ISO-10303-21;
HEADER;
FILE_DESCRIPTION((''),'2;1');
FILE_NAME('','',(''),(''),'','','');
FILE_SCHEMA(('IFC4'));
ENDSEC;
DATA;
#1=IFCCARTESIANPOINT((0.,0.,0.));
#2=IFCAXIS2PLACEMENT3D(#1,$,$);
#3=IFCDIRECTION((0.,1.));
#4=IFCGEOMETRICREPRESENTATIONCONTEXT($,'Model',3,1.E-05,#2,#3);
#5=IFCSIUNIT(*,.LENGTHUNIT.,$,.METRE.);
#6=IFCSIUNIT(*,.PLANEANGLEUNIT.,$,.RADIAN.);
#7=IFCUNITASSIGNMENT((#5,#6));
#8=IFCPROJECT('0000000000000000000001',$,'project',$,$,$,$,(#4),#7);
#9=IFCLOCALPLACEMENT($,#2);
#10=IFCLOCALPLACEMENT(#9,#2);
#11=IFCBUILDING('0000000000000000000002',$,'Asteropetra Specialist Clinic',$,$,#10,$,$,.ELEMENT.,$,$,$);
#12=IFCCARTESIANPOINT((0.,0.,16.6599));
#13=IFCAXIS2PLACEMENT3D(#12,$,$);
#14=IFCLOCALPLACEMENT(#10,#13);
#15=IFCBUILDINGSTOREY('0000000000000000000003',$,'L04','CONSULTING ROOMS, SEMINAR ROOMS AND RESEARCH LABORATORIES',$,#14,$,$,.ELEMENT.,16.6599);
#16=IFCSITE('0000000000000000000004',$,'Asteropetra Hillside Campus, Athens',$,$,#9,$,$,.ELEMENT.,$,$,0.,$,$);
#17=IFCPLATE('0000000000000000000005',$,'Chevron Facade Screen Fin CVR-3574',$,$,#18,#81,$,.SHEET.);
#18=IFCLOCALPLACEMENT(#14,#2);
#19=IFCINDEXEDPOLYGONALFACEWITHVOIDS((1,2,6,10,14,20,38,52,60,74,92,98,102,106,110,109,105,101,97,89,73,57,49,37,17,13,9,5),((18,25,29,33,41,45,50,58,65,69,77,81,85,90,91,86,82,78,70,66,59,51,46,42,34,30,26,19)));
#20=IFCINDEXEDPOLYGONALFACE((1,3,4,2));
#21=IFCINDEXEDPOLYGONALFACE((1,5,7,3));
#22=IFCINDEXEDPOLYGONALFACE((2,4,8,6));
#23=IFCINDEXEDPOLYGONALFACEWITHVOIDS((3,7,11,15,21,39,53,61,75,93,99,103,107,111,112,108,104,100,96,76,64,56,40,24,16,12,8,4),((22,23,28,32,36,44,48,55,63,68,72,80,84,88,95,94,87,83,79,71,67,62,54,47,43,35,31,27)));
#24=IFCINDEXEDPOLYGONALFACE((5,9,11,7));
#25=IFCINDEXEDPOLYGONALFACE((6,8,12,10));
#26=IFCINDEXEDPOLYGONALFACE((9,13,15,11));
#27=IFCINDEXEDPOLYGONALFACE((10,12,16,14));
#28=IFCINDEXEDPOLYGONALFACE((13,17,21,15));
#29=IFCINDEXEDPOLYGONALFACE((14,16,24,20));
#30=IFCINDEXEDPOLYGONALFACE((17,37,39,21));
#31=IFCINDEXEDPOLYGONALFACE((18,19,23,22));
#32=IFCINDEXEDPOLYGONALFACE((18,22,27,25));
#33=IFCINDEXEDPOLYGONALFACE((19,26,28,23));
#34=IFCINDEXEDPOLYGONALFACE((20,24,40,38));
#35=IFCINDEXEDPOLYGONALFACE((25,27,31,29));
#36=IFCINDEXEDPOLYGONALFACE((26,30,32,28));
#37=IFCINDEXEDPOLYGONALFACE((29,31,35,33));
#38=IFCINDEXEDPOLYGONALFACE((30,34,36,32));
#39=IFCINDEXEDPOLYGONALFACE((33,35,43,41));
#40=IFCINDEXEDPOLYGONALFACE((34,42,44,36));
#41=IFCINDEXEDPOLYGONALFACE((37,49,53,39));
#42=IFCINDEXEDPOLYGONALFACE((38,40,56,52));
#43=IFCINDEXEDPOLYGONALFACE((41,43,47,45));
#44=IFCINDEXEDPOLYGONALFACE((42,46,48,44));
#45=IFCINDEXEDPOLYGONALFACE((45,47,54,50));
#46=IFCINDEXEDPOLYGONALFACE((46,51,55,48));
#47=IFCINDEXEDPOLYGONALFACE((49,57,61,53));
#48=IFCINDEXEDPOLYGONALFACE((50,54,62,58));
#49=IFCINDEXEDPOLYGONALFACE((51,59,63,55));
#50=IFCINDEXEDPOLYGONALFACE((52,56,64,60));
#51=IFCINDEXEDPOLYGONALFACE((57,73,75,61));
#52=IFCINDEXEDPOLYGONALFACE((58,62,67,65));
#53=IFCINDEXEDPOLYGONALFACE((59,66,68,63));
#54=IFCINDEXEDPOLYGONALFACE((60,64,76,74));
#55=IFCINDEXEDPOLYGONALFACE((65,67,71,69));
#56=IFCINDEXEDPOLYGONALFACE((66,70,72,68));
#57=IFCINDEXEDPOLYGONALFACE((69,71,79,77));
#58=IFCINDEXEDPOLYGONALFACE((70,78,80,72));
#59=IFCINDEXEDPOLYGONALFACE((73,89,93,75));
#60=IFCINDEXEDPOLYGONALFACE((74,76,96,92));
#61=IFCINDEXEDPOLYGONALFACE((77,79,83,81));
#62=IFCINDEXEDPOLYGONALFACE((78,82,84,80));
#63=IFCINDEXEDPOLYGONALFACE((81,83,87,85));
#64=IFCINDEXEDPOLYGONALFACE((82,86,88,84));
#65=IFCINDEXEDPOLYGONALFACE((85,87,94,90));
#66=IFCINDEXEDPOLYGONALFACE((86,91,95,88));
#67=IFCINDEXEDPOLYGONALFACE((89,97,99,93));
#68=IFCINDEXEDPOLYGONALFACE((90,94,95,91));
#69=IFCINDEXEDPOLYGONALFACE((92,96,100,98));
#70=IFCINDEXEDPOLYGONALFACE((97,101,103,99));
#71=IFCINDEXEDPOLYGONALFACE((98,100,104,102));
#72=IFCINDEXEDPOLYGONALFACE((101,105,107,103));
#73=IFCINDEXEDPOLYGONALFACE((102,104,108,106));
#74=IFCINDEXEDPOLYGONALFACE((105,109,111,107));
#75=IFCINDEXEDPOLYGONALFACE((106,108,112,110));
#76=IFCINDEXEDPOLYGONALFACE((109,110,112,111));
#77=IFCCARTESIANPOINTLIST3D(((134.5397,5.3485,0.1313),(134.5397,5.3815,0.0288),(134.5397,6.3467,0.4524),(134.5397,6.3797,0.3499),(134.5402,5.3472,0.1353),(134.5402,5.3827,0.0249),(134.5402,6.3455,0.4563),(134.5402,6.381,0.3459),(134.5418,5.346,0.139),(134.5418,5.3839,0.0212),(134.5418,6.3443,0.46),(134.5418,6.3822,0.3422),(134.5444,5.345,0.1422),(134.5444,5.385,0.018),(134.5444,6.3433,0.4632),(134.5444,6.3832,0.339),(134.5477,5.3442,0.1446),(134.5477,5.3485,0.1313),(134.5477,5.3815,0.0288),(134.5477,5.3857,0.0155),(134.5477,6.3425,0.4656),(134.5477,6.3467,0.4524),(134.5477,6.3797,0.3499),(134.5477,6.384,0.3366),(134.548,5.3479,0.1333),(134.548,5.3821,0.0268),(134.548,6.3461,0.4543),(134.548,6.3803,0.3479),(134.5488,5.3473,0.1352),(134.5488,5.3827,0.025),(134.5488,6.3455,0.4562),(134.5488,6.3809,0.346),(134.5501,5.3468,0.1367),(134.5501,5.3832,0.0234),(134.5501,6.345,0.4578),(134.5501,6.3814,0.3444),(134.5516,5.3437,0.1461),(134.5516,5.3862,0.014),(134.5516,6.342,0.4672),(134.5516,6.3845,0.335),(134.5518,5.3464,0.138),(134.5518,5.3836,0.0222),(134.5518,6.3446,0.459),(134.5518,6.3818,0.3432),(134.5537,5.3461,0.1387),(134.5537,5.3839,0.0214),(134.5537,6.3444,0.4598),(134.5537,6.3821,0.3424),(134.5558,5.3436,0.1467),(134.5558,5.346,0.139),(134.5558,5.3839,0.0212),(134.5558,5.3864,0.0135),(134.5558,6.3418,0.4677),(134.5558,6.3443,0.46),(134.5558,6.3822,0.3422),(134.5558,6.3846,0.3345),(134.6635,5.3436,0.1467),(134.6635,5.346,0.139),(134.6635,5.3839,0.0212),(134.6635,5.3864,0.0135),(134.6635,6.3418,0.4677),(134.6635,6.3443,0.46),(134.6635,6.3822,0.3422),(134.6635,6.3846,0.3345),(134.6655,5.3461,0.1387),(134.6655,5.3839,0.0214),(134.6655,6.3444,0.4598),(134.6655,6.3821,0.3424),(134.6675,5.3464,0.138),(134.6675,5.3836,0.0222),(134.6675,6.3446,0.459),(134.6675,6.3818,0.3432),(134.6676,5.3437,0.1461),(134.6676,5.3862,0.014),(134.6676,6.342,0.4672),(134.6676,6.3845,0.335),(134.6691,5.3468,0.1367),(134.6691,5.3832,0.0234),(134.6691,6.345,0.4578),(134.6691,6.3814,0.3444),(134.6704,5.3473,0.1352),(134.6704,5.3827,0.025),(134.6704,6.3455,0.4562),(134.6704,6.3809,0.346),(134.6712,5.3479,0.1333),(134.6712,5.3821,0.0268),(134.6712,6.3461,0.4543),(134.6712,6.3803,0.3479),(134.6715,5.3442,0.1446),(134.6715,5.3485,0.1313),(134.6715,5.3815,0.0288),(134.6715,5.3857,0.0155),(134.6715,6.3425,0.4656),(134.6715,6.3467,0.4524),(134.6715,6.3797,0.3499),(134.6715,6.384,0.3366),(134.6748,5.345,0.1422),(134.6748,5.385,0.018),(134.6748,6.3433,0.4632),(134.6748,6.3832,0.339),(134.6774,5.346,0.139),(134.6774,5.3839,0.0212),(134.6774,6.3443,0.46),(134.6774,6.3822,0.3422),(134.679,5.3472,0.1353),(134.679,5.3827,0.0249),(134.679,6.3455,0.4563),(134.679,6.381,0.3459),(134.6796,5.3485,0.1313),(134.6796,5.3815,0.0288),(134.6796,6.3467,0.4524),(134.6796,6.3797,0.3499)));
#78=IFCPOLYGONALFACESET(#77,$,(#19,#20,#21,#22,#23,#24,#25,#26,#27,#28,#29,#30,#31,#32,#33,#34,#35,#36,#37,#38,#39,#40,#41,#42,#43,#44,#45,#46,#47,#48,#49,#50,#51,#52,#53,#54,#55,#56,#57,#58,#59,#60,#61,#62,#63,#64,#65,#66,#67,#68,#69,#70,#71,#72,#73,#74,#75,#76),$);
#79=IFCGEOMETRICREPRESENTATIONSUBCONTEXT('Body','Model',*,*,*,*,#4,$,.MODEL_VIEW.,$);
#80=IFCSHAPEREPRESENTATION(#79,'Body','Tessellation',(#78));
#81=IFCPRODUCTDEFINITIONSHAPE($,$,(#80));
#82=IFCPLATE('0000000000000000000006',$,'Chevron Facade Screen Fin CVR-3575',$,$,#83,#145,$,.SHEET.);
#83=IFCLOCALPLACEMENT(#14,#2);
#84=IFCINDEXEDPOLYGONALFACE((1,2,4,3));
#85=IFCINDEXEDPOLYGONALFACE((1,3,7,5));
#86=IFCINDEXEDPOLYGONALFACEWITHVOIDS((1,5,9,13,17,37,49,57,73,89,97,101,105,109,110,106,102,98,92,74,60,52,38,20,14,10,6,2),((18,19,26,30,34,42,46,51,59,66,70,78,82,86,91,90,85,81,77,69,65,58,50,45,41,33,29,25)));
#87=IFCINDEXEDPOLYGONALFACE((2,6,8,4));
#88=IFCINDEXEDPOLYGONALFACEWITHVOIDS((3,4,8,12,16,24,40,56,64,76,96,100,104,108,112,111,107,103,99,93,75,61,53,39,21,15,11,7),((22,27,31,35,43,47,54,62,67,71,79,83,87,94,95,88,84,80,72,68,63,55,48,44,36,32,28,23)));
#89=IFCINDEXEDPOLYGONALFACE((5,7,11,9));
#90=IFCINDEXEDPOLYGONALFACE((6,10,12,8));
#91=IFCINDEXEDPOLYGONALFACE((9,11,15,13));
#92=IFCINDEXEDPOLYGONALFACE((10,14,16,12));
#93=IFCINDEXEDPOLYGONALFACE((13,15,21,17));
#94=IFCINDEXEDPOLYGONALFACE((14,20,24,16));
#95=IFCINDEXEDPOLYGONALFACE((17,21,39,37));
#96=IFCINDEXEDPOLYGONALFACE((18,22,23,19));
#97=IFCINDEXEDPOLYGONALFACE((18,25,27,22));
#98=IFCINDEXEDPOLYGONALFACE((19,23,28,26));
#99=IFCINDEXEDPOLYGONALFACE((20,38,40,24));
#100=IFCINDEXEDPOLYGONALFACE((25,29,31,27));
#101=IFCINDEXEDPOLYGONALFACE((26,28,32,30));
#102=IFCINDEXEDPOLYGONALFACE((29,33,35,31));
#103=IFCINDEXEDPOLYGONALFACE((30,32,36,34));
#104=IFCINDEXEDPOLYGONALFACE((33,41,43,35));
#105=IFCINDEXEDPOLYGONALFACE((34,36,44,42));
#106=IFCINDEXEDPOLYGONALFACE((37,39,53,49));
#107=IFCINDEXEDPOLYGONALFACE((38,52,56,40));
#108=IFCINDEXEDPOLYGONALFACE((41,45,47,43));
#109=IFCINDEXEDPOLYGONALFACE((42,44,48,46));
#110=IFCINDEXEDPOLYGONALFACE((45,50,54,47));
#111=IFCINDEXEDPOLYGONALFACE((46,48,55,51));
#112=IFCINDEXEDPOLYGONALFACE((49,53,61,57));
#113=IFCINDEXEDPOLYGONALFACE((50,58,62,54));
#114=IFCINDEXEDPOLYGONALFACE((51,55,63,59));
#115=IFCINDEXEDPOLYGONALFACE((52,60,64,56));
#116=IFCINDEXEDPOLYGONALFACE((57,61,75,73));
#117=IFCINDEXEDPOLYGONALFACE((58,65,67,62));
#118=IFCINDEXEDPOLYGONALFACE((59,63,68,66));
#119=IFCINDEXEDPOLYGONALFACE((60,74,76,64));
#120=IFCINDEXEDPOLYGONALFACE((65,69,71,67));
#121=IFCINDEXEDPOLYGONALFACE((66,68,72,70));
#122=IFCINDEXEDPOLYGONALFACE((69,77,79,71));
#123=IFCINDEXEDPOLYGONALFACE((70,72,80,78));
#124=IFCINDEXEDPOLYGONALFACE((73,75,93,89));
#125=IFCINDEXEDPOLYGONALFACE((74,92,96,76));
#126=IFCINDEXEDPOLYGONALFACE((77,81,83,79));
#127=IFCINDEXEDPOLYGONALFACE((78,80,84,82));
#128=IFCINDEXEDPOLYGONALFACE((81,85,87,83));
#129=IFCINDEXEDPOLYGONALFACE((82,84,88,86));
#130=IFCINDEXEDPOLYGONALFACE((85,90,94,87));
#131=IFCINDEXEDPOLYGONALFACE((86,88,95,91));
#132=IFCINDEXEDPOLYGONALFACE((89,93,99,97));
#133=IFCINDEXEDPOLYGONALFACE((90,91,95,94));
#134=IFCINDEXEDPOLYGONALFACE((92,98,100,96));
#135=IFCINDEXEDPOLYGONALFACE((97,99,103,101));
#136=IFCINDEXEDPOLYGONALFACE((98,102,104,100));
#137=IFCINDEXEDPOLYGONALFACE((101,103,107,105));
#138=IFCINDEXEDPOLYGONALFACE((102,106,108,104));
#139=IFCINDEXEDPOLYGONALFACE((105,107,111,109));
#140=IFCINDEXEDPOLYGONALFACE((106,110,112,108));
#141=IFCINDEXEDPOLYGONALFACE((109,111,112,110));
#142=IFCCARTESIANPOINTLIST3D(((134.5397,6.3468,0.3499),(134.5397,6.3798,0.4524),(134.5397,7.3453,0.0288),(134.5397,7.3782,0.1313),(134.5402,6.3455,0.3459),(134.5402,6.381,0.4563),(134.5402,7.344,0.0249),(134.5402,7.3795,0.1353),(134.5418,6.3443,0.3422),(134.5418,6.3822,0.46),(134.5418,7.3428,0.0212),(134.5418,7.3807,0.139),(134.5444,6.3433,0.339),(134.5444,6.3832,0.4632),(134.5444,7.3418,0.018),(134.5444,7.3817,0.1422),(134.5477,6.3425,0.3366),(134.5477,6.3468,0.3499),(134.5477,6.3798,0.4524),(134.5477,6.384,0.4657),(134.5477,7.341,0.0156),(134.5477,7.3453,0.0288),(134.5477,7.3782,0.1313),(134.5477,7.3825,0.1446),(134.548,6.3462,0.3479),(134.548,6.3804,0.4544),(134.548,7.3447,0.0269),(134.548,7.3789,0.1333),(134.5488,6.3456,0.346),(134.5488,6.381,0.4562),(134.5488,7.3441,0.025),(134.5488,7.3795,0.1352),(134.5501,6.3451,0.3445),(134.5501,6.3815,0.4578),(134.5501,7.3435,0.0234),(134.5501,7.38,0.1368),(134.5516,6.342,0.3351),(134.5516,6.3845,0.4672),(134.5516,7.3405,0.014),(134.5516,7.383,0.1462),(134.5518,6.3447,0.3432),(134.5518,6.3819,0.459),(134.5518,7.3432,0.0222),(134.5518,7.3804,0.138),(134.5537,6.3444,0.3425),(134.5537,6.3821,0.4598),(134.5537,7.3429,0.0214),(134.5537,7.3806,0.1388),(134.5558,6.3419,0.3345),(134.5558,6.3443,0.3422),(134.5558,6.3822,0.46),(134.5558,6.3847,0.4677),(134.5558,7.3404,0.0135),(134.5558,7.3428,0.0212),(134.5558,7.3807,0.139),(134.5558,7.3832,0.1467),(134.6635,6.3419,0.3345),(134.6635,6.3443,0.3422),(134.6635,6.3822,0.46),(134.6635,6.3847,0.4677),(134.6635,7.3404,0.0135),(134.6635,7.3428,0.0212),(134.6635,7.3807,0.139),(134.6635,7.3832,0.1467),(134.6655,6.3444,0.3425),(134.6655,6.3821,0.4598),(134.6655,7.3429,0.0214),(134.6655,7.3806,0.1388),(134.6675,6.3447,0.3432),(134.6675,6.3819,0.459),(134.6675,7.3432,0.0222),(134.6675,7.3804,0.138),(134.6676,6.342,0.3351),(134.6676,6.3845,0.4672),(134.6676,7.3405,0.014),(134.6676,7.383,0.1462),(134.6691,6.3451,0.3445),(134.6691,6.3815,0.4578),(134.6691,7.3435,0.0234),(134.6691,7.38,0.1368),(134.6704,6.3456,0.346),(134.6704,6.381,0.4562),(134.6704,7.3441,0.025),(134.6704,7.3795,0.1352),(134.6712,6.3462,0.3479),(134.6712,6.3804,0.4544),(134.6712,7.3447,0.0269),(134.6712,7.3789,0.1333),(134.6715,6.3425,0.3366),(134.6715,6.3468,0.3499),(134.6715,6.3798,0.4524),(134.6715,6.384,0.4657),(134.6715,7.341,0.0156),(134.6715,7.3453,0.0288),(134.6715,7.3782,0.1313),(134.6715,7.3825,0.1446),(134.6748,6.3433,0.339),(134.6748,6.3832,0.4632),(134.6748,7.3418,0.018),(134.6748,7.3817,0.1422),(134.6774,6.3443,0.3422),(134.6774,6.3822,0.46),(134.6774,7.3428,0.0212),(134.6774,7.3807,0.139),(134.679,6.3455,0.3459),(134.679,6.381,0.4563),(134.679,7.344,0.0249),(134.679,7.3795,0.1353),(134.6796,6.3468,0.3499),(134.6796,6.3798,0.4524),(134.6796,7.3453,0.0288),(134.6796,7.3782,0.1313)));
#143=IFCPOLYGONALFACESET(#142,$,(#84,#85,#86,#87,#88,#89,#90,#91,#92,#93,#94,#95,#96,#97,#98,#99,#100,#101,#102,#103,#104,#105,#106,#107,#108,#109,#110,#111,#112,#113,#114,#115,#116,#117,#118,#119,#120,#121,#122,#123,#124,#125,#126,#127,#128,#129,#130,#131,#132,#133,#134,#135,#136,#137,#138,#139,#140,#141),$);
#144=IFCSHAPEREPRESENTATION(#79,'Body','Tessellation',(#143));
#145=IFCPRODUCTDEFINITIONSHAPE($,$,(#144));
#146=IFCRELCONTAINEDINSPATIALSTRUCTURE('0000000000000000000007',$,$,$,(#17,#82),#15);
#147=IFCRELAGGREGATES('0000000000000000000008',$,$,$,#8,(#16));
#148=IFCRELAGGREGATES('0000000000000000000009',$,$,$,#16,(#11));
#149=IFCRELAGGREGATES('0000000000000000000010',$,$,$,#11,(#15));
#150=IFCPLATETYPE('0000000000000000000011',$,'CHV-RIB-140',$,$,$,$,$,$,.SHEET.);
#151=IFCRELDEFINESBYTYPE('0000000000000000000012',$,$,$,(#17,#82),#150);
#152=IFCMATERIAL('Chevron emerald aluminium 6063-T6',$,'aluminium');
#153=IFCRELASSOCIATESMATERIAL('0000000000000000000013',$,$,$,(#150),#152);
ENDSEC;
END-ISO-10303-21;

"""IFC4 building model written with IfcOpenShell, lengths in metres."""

from ifc_helpers import new_model, si_unit, direction, frame, origin, origin_2d, place, context, subcontext, project, spatial, hollow_rectangle, extrude, material, material_profile, profile_set, type_object, element, save


model = new_model("IFC4")

# Units and contexts
model_context = context("Model", 3, precision=1e-05, world=origin(), true_north=direction((0.0, 1.0)))
body_context = subcontext(model_context, "Body", "Model", "MODEL_VIEW")
ifc_project = project(units=[si_unit("LENGTHUNIT", "METRE"), si_unit("PLANEANGLEUNIT", "RADIAN")], contexts=[model_context])

# Site, building, storey
site_placement = place(None, origin())
site = spatial("IfcSite", under=ifc_project, at=site_placement, Name="Asteropetra Hillside Campus, Athens", CompositionType="ELEMENT", RefElevation=0.0)
building_placement = place(site_placement, origin())
building = spatial("IfcBuilding", under=site, at=building_placement, Name="Asteropetra Specialist Clinic", CompositionType="ELEMENT")
storey_placement = place(building_placement, frame((0.0, 0.0, 16.6599)))
storey = spatial("IfcBuildingStorey", under=building, at=storey_placement, Name="L04", Description="CONSULTING ROOMS, SEMINAR ROOMS AND RESEARCH LABORATORIES", CompositionType="ELEMENT", Elevation=16.6599)

# Plates
ifc_material_1 = material(Name="Chevron emerald aluminium 6063-T6", Category="aluminium")
ifc_material_profile_1 = material_profile(ifc_material_1, hollow_rectangle(XDim=0.1399, YDim=0.1399, WallThickness=0.0081, InnerFilletRadius=0.0081, OuterFilletRadius=0.0161, at=origin_2d()), Name="SHS 140x140x8.0")
ifc_profile_set_1 = profile_set([ifc_material_profile_1], Name="Chevron emerald aluminium 6063-T6")
plate_type = type_object("IfcPlateType", Name="CHV-RIB-140", PredefinedType="SHEET", material=ifc_profile_set_1)
plate_placement = place(storey_placement, frame((134.6096, 5.365, 0.0801), z_axis=(0.0, 0.951983, 0.306152), x_axis=(-1.0, 0.0, 0.0)))
element("IfcPlate", 1, at=plate_placement, inside=storey, type_object=plate_type, Name="Chevron Facade Screen Fin CVR-3574", PredefinedType="SHEET", context=body_context, shape_type="SweptSolid", body=[
    extrude(hollow_rectangle(XDim=0.1399, YDim=0.1399, WallThickness=0.0081, InnerFilletRadius=0.0081, OuterFilletRadius=0.0161, at=origin_2d()), origin(), (0.0, 0.0, 1.0), 1.0486),
])
for number, where, z_axis, x_axis, name in (
    (2, (134.6096, 6.3633, 0.4011), (0.0, 0.952004, -0.306085), (-1.0, 0.0, 0.0), "Chevron Facade Screen Fin CVR-3575"),
):
    element("IfcPlate", number, at=place(storey_placement, frame(where, z_axis=z_axis, x_axis=x_axis)), inside=storey, type_object=plate_type, Name=name, PredefinedType="SHEET", context=body_context, shape_type="SweptSolid", body=[
        extrude(hollow_rectangle(XDim=0.1399, YDim=0.1399, WallThickness=0.0081, InnerFilletRadius=0.0081, OuterFilletRadius=0.0161, at=origin_2d()), origin(), (0.0, 0.0, 1.0), 1.0488),
    ])

save(model, "model.ifc")
